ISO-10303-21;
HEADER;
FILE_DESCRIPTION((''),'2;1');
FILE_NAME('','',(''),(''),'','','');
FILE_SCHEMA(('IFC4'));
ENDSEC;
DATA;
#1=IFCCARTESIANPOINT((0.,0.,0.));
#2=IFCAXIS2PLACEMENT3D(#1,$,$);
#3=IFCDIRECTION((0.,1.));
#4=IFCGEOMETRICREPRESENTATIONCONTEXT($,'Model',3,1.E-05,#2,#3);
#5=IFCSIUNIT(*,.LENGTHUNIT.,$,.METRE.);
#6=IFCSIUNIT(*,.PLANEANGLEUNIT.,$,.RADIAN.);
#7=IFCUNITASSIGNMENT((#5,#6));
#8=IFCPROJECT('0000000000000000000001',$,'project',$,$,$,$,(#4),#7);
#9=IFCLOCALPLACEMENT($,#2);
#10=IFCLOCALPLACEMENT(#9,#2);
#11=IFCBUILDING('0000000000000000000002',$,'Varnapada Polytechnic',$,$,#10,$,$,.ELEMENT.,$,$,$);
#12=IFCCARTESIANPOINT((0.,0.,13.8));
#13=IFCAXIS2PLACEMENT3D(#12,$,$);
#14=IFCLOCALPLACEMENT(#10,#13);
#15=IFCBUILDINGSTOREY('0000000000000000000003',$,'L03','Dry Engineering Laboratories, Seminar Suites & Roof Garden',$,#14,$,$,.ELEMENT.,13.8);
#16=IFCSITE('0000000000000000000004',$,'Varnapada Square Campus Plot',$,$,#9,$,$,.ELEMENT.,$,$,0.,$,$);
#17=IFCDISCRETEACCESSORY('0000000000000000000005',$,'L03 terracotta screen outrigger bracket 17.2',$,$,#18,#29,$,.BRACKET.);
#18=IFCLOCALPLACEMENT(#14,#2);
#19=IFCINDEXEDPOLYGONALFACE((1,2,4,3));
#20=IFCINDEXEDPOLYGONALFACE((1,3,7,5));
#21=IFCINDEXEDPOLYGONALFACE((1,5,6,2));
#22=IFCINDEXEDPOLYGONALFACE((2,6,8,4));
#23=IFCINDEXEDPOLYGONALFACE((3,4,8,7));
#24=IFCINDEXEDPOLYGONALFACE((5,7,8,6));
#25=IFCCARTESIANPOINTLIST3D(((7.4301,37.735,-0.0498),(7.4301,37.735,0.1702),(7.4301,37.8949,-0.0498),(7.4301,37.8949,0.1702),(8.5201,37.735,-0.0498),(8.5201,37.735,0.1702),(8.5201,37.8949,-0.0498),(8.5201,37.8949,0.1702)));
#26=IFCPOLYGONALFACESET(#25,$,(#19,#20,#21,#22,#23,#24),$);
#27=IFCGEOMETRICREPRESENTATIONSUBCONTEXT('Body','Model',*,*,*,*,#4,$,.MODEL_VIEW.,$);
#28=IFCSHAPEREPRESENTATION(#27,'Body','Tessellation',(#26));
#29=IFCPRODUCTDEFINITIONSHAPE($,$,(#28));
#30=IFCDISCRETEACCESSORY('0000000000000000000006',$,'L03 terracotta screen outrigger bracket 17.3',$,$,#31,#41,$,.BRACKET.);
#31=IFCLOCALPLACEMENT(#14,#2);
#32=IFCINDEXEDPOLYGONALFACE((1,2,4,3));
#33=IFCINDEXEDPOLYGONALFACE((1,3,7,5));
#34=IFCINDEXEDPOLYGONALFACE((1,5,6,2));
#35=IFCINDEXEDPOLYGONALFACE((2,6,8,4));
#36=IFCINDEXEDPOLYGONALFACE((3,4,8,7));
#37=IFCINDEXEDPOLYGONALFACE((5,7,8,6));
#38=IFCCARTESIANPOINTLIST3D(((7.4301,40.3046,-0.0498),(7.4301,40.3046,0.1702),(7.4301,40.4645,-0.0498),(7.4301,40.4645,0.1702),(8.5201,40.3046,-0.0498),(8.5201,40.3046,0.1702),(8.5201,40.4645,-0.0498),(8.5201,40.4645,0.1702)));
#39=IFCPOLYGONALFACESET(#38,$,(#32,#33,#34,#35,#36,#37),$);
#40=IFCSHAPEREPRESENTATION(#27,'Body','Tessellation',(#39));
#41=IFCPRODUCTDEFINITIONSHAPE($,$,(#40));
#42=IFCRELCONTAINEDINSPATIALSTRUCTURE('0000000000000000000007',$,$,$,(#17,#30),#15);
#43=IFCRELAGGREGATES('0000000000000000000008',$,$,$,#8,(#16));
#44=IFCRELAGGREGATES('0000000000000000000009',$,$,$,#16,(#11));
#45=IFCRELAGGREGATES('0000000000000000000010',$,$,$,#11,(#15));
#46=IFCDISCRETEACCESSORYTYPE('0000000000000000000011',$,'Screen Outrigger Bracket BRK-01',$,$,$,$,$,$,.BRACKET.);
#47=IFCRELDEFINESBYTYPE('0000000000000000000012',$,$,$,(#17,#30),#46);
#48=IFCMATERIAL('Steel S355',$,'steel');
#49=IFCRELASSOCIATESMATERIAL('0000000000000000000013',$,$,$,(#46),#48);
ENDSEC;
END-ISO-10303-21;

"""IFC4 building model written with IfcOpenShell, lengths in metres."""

from ifc_helpers import new_model, si_unit, direction, frame, origin, origin_2d, place, context, subcontext, project, spatial, rectangle, extrude, material, type_object, element, save


model = new_model("IFC4")

# Units and contexts
model_context = context("Model", 3, precision=1e-05, world=origin(), true_north=direction((0.0, 1.0)))
body_context = subcontext(model_context, "Body", "Model", "MODEL_VIEW")
ifc_project = project(units=[si_unit("LENGTHUNIT", "METRE"), si_unit("PLANEANGLEUNIT", "RADIAN")], contexts=[model_context])

# Site, building, storey
site_placement = place(None, origin())
site = spatial("IfcSite", under=ifc_project, at=site_placement, Name="Varnapada Square Campus Plot", CompositionType="ELEMENT", RefElevation=0.0)
building_placement = place(site_placement, origin())
building = spatial("IfcBuilding", under=site, at=building_placement, Name="Varnapada Polytechnic", CompositionType="ELEMENT")
storey_placement = place(building_placement, frame((0.0, 0.0, 13.8)))
storey = spatial("IfcBuildingStorey", under=building, at=storey_placement, Name="L03", Description="Dry Engineering Laboratories, Seminar Suites & Roof Garden", CompositionType="ELEMENT", Elevation=13.8)

# Discrete accessories
ifc_material_1 = material(Name="Steel S355", Category="steel")
discrete_accessory_type = type_object("IfcDiscreteAccessoryType", Name="Screen Outrigger Bracket BRK-01", PredefinedType="BRACKET", material=ifc_material_1)
for number, where, z_axis, x_axis, name in (
    (1, (7.9751, 37.8149, -0.0498), (0.0, 0.0, 1.0), (0.0, 1.0, 0.0), "L03 terracotta screen outrigger bracket 17.2"),
    (2, (7.9751, 40.3845, -0.0498), (0.0, 0.0, 1.0), (0.0, 1.0, 0.0), "L03 terracotta screen outrigger bracket 17.3"),
):
    element("IfcDiscreteAccessory", number, at=place(storey_placement, frame(where, z_axis=z_axis, x_axis=x_axis)), inside=storey, type_object=discrete_accessory_type, Name=name, PredefinedType="BRACKET", context=body_context, shape_type="SweptSolid", body=[
        extrude(rectangle(XDim=0.1599, YDim=1.0901, at=origin_2d()), origin(), (0.0, 0.0, 1.0), 0.22),
    ])

save(model, "model.ifc")
